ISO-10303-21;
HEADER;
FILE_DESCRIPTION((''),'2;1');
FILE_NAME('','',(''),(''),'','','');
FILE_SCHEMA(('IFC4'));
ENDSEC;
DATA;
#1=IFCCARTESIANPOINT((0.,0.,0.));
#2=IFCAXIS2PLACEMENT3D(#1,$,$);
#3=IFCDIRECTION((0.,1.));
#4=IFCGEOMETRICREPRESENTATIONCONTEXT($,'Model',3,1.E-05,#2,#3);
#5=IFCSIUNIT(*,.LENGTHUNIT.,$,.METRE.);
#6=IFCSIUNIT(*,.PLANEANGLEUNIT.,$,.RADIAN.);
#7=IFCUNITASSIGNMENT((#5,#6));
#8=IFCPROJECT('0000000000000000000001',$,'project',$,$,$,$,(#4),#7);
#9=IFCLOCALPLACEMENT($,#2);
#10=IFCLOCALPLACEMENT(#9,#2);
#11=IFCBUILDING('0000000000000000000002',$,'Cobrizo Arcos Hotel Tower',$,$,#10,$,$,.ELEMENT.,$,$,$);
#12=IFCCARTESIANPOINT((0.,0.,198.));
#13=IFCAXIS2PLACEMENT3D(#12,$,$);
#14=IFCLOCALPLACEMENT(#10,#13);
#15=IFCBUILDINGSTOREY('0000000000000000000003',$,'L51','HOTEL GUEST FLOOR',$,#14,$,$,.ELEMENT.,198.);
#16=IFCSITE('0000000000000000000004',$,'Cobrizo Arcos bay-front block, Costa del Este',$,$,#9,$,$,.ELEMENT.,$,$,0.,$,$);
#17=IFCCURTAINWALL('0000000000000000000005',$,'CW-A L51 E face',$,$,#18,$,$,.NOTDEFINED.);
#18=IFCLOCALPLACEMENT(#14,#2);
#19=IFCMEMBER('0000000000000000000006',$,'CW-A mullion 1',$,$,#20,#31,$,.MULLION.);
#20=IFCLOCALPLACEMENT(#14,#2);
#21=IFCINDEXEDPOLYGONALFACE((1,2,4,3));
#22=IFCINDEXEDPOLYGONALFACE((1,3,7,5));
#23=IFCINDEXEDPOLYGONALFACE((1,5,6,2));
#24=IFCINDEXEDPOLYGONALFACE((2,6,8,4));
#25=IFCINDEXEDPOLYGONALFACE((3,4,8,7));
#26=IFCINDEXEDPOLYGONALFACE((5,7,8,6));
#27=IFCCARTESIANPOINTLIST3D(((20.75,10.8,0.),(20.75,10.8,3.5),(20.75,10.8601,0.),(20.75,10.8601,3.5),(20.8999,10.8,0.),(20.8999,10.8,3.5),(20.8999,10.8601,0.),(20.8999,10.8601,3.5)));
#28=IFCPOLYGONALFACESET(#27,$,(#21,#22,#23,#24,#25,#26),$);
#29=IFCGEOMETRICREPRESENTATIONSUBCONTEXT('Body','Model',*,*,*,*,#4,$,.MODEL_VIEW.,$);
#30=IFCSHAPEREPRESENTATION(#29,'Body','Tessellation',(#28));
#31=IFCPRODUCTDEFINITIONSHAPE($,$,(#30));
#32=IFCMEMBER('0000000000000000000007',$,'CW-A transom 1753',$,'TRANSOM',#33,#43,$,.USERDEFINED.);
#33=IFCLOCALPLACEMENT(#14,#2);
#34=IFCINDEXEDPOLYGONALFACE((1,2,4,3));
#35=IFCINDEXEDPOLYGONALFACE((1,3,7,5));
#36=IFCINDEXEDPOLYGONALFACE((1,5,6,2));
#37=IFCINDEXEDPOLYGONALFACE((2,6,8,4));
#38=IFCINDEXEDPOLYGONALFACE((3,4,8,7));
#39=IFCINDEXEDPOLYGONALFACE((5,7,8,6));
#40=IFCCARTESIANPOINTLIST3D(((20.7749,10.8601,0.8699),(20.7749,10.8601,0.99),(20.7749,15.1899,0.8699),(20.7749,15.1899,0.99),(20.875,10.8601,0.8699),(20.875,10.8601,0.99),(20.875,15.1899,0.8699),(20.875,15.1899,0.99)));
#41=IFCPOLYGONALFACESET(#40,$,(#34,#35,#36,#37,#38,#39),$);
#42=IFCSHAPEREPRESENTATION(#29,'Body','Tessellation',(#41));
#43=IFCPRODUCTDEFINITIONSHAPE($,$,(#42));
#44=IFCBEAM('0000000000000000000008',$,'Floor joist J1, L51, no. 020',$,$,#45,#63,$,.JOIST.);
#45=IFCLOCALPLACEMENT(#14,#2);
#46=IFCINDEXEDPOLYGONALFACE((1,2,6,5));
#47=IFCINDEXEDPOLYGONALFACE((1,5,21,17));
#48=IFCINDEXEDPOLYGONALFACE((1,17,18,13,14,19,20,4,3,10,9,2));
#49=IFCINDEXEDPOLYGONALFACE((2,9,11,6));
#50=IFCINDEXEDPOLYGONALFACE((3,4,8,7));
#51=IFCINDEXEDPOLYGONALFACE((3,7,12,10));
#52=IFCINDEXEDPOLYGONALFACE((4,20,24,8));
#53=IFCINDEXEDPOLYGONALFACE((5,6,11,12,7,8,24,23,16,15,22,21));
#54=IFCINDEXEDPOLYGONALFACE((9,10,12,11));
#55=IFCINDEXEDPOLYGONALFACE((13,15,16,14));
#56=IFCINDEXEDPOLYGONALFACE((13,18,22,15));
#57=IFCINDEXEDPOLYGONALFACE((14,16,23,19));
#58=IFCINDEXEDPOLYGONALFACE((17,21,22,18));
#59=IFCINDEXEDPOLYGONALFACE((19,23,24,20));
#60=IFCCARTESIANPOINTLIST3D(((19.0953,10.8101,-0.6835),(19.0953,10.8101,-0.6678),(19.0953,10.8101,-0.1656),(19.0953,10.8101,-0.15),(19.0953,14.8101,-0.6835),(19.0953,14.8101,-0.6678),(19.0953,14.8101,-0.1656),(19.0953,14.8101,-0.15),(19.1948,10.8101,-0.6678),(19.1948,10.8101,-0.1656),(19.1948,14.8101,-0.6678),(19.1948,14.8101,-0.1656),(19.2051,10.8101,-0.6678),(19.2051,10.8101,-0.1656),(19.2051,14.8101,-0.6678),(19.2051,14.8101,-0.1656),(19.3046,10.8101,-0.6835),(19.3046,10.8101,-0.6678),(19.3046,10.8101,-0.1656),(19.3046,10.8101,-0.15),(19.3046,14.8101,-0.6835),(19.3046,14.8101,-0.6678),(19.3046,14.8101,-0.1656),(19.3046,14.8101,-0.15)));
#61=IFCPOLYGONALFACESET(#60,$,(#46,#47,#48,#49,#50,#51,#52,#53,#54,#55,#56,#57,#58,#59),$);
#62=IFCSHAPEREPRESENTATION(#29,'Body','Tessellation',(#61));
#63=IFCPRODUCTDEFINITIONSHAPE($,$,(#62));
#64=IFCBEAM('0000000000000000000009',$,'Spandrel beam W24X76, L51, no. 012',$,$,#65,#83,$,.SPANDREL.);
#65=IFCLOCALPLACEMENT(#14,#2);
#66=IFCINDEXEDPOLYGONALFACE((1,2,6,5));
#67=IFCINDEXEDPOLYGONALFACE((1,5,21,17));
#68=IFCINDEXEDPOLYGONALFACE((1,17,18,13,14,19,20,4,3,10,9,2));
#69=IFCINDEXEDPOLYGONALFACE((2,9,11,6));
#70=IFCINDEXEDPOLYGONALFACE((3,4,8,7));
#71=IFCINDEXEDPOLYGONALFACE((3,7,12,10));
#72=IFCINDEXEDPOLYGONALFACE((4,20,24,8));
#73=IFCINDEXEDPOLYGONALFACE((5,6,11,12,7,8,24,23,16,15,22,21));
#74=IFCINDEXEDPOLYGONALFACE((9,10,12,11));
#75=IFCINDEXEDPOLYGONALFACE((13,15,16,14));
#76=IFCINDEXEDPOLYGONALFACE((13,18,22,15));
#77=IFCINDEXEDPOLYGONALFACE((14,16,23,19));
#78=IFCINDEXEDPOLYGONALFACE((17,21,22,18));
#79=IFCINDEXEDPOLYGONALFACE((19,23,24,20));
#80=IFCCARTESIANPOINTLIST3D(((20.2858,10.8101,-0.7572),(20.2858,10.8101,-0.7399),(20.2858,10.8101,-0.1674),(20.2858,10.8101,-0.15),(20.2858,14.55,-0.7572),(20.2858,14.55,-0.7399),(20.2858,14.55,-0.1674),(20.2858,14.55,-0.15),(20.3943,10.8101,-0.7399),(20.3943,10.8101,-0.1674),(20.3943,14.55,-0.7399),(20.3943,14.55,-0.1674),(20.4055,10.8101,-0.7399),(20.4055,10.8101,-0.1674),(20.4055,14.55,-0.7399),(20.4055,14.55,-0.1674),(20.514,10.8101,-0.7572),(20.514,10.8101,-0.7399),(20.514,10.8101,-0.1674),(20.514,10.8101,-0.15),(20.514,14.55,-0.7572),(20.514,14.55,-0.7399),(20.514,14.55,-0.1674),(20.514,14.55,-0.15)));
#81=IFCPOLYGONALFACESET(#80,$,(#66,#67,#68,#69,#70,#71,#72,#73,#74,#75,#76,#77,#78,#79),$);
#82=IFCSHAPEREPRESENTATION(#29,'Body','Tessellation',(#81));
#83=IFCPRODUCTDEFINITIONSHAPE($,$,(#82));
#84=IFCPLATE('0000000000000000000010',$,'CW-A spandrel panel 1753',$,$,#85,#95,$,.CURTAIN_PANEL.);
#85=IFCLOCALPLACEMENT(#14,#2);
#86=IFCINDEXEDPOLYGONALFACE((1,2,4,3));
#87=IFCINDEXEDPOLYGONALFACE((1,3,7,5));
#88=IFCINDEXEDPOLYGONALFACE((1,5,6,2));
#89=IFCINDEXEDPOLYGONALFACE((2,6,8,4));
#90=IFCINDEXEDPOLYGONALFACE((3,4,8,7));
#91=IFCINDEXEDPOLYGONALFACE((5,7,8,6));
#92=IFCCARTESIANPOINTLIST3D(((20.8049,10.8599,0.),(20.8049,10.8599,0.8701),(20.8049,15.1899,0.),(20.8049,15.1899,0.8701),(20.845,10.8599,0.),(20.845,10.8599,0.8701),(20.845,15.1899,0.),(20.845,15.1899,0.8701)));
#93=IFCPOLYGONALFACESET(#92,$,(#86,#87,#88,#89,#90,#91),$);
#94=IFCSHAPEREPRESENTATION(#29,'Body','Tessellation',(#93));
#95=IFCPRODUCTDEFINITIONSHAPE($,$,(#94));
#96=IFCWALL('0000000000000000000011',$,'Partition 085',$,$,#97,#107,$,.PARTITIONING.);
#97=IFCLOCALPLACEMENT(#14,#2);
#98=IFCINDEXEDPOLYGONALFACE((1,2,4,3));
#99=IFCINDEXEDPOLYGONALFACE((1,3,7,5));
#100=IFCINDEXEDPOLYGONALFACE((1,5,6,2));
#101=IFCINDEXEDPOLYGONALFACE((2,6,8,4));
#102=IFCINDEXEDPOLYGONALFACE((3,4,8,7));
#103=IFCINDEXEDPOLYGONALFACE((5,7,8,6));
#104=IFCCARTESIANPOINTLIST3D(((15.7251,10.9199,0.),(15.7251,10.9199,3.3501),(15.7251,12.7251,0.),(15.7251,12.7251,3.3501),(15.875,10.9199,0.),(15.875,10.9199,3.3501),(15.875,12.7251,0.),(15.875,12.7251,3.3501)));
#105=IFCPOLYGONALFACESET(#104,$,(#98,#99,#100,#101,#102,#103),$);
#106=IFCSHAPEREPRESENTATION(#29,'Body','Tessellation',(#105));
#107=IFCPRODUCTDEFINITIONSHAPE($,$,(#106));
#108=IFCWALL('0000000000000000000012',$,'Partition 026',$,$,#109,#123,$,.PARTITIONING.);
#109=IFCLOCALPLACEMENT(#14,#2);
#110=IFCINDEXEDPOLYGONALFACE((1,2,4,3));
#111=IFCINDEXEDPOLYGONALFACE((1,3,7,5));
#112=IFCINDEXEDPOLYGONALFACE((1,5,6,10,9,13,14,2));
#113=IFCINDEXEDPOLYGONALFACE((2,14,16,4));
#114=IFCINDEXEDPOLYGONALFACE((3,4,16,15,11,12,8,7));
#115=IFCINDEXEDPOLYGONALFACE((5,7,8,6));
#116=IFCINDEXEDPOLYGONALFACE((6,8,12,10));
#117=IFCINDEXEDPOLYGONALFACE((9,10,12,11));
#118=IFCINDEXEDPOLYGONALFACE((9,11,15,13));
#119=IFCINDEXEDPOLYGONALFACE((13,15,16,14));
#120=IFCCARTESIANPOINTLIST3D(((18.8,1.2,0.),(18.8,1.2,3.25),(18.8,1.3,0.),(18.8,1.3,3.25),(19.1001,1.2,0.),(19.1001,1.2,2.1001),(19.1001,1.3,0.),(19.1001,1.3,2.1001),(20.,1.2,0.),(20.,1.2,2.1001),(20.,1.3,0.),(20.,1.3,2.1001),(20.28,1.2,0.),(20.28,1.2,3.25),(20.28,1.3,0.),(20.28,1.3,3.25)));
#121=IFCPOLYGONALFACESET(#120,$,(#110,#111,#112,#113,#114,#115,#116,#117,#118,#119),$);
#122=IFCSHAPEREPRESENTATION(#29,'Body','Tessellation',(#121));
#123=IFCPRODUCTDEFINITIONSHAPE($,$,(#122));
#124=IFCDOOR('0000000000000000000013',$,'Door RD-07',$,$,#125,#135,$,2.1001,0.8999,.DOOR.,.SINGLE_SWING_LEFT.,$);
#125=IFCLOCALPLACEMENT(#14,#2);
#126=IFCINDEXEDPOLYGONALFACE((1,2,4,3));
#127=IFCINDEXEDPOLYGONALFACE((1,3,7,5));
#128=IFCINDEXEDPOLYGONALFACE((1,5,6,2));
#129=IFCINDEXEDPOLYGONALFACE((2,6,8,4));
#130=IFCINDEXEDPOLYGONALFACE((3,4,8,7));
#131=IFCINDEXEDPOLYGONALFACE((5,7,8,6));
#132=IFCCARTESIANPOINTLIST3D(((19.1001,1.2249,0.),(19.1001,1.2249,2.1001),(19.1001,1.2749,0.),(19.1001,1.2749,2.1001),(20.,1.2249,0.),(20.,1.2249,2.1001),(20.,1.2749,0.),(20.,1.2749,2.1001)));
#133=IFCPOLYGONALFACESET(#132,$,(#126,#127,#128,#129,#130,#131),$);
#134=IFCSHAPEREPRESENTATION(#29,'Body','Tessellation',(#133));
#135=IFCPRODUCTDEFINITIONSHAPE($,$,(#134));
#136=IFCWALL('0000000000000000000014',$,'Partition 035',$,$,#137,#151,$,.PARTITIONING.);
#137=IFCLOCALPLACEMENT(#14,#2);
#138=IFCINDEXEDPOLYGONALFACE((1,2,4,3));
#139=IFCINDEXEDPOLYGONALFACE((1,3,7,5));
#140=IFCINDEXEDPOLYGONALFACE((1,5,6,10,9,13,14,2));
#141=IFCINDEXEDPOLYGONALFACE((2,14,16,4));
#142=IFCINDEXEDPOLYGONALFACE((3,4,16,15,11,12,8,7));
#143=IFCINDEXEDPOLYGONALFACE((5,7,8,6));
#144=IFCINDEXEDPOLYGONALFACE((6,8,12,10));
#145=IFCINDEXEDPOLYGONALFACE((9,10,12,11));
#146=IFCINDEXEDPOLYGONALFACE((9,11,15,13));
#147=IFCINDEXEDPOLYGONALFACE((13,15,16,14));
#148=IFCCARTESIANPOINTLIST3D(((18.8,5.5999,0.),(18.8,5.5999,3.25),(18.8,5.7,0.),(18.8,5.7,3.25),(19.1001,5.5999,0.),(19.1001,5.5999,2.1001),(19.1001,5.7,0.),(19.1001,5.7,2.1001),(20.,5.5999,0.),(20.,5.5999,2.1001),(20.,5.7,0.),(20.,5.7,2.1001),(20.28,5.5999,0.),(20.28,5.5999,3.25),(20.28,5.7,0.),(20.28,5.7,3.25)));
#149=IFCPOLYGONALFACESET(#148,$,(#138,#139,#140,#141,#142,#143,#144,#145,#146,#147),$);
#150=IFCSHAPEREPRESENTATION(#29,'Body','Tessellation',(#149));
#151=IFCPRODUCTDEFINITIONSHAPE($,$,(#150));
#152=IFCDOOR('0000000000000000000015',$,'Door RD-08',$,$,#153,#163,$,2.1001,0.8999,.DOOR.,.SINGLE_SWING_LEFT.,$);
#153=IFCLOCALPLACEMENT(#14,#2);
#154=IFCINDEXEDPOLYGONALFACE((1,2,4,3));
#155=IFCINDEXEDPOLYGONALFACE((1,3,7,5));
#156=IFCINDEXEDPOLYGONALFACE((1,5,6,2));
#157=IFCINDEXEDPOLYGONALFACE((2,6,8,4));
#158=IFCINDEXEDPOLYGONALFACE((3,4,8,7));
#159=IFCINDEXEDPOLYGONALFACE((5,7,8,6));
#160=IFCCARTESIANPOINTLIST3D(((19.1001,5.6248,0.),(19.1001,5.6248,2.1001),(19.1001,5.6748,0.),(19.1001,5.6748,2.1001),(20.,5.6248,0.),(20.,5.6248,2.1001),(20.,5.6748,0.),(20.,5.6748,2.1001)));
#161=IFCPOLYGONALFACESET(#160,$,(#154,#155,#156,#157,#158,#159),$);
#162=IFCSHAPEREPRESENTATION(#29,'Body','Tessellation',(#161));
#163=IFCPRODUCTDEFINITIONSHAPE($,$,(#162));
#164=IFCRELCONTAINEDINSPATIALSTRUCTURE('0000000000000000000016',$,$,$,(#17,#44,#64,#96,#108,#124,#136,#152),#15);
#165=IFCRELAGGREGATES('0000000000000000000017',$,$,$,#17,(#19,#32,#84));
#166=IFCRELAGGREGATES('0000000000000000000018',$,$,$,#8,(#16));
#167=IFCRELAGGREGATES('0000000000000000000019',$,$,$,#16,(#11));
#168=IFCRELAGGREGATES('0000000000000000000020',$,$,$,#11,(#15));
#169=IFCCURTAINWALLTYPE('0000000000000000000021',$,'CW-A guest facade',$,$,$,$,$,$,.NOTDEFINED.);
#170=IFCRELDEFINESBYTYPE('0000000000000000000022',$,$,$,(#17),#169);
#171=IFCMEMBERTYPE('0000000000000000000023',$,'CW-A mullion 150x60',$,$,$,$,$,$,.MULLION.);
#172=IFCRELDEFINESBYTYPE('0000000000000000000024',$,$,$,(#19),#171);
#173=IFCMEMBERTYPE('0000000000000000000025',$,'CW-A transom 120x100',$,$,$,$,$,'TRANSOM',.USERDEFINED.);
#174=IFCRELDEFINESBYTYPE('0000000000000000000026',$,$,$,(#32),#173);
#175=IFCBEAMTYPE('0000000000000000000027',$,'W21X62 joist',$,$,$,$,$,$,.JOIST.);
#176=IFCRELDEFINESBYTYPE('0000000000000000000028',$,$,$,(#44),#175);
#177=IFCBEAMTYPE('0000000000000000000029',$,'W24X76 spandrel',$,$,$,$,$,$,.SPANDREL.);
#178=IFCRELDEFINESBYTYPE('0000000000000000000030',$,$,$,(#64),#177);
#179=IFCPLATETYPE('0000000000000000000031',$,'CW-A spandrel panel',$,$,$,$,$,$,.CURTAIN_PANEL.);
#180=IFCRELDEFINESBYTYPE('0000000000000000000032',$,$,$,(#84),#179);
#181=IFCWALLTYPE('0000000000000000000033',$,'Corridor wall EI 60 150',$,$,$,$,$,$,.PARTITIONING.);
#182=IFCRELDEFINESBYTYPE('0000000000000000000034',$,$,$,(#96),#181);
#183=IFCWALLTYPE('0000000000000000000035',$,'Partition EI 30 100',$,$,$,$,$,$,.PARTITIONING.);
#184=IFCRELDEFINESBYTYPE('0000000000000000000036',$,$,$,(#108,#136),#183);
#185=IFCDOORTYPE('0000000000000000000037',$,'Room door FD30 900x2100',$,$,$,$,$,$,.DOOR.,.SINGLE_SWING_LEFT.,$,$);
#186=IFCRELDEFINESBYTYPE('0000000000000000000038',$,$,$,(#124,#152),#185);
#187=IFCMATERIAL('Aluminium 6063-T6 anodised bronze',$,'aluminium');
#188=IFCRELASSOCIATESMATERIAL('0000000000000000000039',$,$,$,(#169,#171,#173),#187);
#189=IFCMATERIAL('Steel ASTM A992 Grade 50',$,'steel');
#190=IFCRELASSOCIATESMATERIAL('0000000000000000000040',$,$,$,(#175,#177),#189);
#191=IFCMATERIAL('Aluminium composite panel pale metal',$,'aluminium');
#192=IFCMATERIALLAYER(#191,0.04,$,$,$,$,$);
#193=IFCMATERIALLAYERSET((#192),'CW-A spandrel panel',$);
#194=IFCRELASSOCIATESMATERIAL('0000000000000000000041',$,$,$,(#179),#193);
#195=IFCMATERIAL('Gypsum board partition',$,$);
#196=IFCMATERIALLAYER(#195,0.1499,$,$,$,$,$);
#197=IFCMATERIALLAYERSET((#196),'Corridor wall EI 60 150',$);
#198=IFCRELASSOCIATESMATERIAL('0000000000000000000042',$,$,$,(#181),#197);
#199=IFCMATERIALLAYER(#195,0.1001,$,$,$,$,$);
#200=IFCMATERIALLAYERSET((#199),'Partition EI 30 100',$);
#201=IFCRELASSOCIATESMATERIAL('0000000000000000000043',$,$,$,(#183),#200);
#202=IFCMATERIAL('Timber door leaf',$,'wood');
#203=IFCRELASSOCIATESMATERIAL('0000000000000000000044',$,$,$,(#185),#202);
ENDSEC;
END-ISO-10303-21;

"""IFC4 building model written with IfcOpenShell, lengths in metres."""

from ifc_helpers import new_model, si_unit, direction, frame, frame_2d, origin, origin_2d, place, context, subcontext, project, spatial, rectangle, i_section, extrude, material, layer, layer_set, material_profile, profile_set, type_object, element, fill, aggregate, save


model = new_model("IFC4")

# Units and contexts
model_context = context("Model", 3, precision=1e-05, world=origin(), true_north=direction((0.0, 1.0)))
body_context = subcontext(model_context, "Body", "Model", "MODEL_VIEW")
ifc_project = project(units=[si_unit("LENGTHUNIT", "METRE"), si_unit("PLANEANGLEUNIT", "RADIAN")], contexts=[model_context])

# Site, building, storey
site_placement = place(None, origin())
site = spatial("IfcSite", under=ifc_project, at=site_placement, Name="Cobrizo Arcos bay-front block, Costa del Este", CompositionType="ELEMENT", RefElevation=0.0)
building_placement = place(site_placement, origin())
building = spatial("IfcBuilding", under=site, at=building_placement, Name="Cobrizo Arcos Hotel Tower", CompositionType="ELEMENT")
storey_placement = place(building_placement, frame((0.0, 0.0, 198.0)))
storey = spatial("IfcBuildingStorey", under=building, at=storey_placement, Name="L51", Description="HOTEL GUEST FLOOR", CompositionType="ELEMENT", Elevation=198.0)

# Curtain wall, members
ifc_material_1 = material(Name="Aluminium 6063-T6 anodised bronze", Category="aluminium")
curtain_wall_type = type_object("IfcCurtainWallType", Name="CW-A guest facade", PredefinedType="NOTDEFINED", material=ifc_material_1)
curtain_wall_placement = place(storey_placement, origin())
curtain_wall = element("IfcCurtainWall", 1, at=curtain_wall_placement, inside=storey, type_object=curtain_wall_type, Name="CW-A L51 E face", PredefinedType="NOTDEFINED")
ifc_material_profile_1 = material_profile(ifc_material_1, rectangle(XDim=0.1499, YDim=0.0601, at=origin_2d()), Name="CW-A mullion 150x60")
ifc_profile_set_1 = profile_set([ifc_material_profile_1], Name="Aluminium 6063-T6 anodised bronze")
member_type_1 = type_object("IfcMemberType", Name="CW-A mullion 150x60", PredefinedType="MULLION", material=ifc_profile_set_1)
member_1_placement = place(storey_placement, frame((20.825, 10.8301, 0.0), z_axis=(0.0, 0.0, 1.0), x_axis=(1.0, 0.0, 0.0)))
member_1 = element("IfcMember", 2, at=member_1_placement, type_object=member_type_1, Name="CW-A mullion 1", PredefinedType="MULLION", context=body_context, shape_type="SweptSolid", body=[
    extrude(rectangle(XDim=0.1499, YDim=0.0601, at=origin_2d()), origin(), (0.0, 0.0, 1.0), 3.5),
])
ifc_material_profile_2 = material_profile(ifc_material_1, rectangle(XDim=0.1001, YDim=0.1201, at=origin_2d()), Name="CW-A transom 120x100")
ifc_profile_set_2 = profile_set([ifc_material_profile_2], Name="Aluminium 6063-T6 anodised bronze")
member_type_2 = type_object("IfcMemberType", Name="CW-A transom 120x100", ElementType="TRANSOM", PredefinedType="USERDEFINED", material=ifc_profile_set_2)
member_2_placement = place(storey_placement, frame((20.825, 10.8601, 0.9299), z_axis=(0.0, 1.0, 0.0), x_axis=(-1.0, 0.0, 0.0)))
member_2 = element("IfcMember", 3, at=member_2_placement, type_object=member_type_2, Name="CW-A transom 1753", ObjectType="TRANSOM", PredefinedType="USERDEFINED", context=body_context, shape_type="SweptSolid", body=[
    extrude(rectangle(XDim=0.1001, YDim=0.1201, at=origin_2d()), origin(), (0.0, 0.0, 1.0), 4.3298),
])

# Beams
ifc_material_2 = material(Name="Steel ASTM A992 Grade 50", Category="steel")
ifc_material_profile_3 = material_profile(ifc_material_2, i_section(OverallWidth=0.2092, OverallDepth=0.5334, WebThickness=0.0103, FlangeThickness=0.0156, at=origin_2d()), Name="W21X62")
ifc_profile_set_3 = profile_set([ifc_material_profile_3], Name="Steel ASTM A992 Grade 50")
beam_type_1 = type_object("IfcBeamType", Name="W21X62 joist", PredefinedType="JOIST", material=ifc_profile_set_3)
beam_1_placement = place(storey_placement, frame((19.2, 10.8101, -0.4167), z_axis=(0.0, 1.0, 0.0), x_axis=(-1.0, 0.0, 0.0)))
element("IfcBeam", 4, at=beam_1_placement, inside=storey, type_object=beam_type_1, Name="Floor joist J1, L51, no. 020", PredefinedType="JOIST", context=body_context, shape_type="SweptSolid", body=[
    extrude(i_section(OverallWidth=0.2092, OverallDepth=0.5334, WebThickness=0.0103, FlangeThickness=0.0156, at=origin_2d()), origin(), (0.0, 0.0, 1.0), 4.0),
])
ifc_material_profile_4 = material_profile(ifc_material_2, i_section(OverallWidth=0.2283, OverallDepth=0.6072, WebThickness=0.0112, FlangeThickness=0.0173, at=origin_2d()), Name="W24X76")
ifc_profile_set_4 = profile_set([ifc_material_profile_4], Name="Steel ASTM A992 Grade 50")
beam_type_2 = type_object("IfcBeamType", Name="W24X76 spandrel", PredefinedType="SPANDREL", material=ifc_profile_set_4)
beam_2_placement = place(storey_placement, frame((20.3999, 10.8101, -0.4536), z_axis=(0.0, 1.0, 0.0), x_axis=(-1.0, 0.0, 0.0)))
element("IfcBeam", 5, at=beam_2_placement, inside=storey, type_object=beam_type_2, Name="Spandrel beam W24X76, L51, no. 012", PredefinedType="SPANDREL", context=body_context, shape_type="SweptSolid", body=[
    extrude(i_section(OverallWidth=0.2283, OverallDepth=0.6072, WebThickness=0.0112, FlangeThickness=0.0173, at=origin_2d()), origin(), (0.0, 0.0, 1.0), 3.74),
])

# Plate
ifc_material_3 = material(Name="Aluminium composite panel pale metal", Category="aluminium")
ifc_layer_1 = layer(ifc_material_3, 0.04)
ifc_layer_set_1 = layer_set([ifc_layer_1], Name="CW-A spandrel panel")
plate_type = type_object("IfcPlateType", Name="CW-A spandrel panel", PredefinedType="CURTAIN_PANEL", material=ifc_layer_set_1)
plate_placement = place(storey_placement, frame((20.825, 13.0249, 0.0), z_axis=(0.0, 0.0, 1.0), x_axis=(0.0, 1.0, 0.0)))
plate = element("IfcPlate", 6, at=plate_placement, type_object=plate_type, Name="CW-A spandrel panel 1753", PredefinedType="CURTAIN_PANEL", context=body_context, shape_type="SweptSolid", body=[
    extrude(rectangle(XDim=4.3301, YDim=0.04, at=origin_2d()), origin(), (0.0, 0.0, 1.0), 0.8701),
])
aggregate(curtain_wall, [member_1, member_2, plate])

# Wall
ifc_material_4 = material(Name="Gypsum board partition")
ifc_layer_2 = layer(ifc_material_4, 0.1499)
ifc_layer_set_2 = layer_set([ifc_layer_2], Name="Corridor wall EI 60 150")
wall_type_1 = type_object("IfcWallType", Name="Corridor wall EI 60 150", PredefinedType="PARTITIONING", material=ifc_layer_set_2)
wall_1_placement = place(storey_placement, frame((15.8, 10.9199, 0.0), z_axis=(0.0, 0.0, 1.0), x_axis=(0.0, 1.0, 0.0)))
element("IfcWall", 7, at=wall_1_placement, inside=storey, type_object=wall_type_1, Name="Partition 085", PredefinedType="PARTITIONING", context=body_context, shape_type="SweptSolid", body=[
    extrude(rectangle(XDim=1.8052, YDim=0.1499, at=frame_2d((0.9026, 0.0))), origin(), (0.0, 0.0, 1.0), 3.3501),
])

# Walls, openings, doors
ifc_layer_3 = layer(ifc_material_4, 0.1001)
ifc_layer_set_3 = layer_set([ifc_layer_3], Name="Partition EI 30 100")
wall_type_2 = type_object("IfcWallType", Name="Partition EI 30 100", PredefinedType="PARTITIONING", material=ifc_layer_set_3)
wall_2_placement = place(storey_placement, frame((18.8, 1.25, 0.0), z_axis=(0.0, 0.0, 1.0), x_axis=(1.0, 0.0, 0.0)))
wall_2 = element("IfcWall", 8, at=wall_2_placement, inside=storey, type_object=wall_type_2, Name="Partition 026", PredefinedType="PARTITIONING", context=body_context, shape_type="SweptSolid", body=[
    extrude(rectangle(XDim=1.48, YDim=0.1001, at=frame_2d((0.74, 0.0))), origin(), (0.0, 0.0, 1.0), 3.25),
])
opening_1_placement = place(wall_2_placement, frame((0.3, 0.0, 0.0)))
opening_1 = element("IfcOpeningElement", 9, at=opening_1_placement, cuts=wall_2, PredefinedType="OPENING", context=body_context, shape_type="SweptSolid", body=[
    extrude(rectangle(XDim=0.8999, YDim=2.1001, at=frame_2d((0.45, 1.05))), frame((0.0, 0.062, 0.0), z_axis=(0.0, -1.0, 0.0), x_axis=(1.0, 0.0, 0.0)), (0.0, 0.0, 1.0), 0.124),
])
ifc_material_5 = material(Name="Timber door leaf", Category="wood")
door_type = type_object("IfcDoorType", Name="Room door FD30 900x2100", OperationType="SINGLE_SWING_LEFT", PredefinedType="DOOR", material=ifc_material_5)
door_1_placement = place(opening_1_placement, origin())
door_1 = element("IfcDoor", 10, at=door_1_placement, inside=storey, type_object=door_type, Name="Door RD-07", OperationType="SINGLE_SWING_LEFT", OverallHeight=2.1001, OverallWidth=0.8999, PredefinedType="DOOR", context=body_context, shape_type="SweptSolid", body=[
    extrude(rectangle(XDim=0.8999, YDim=2.1001, at=frame_2d((0.45, 1.05))), frame((0.0, 0.0249, 0.0), z_axis=(0.0, -1.0, 0.0), x_axis=(1.0, 0.0, 0.0)), (0.0, 0.0, 1.0), 0.05),
])
fill(opening_1, door_1)
wall_3_placement = place(storey_placement, frame((18.8, 5.6499, 0.0), z_axis=(0.0, 0.0, 1.0), x_axis=(1.0, 0.0, 0.0)))
wall_3 = element("IfcWall", 11, at=wall_3_placement, inside=storey, type_object=wall_type_2, Name="Partition 035", PredefinedType="PARTITIONING", context=body_context, shape_type="SweptSolid", body=[
    extrude(rectangle(XDim=1.48, YDim=0.1001, at=frame_2d((0.74, 0.0))), origin(), (0.0, 0.0, 1.0), 3.25),
])
opening_2_placement = place(wall_3_placement, frame((0.3, 0.0, 0.0)))
opening_2 = element("IfcOpeningElement", 12, at=opening_2_placement, cuts=wall_3, PredefinedType="OPENING", context=body_context, shape_type="SweptSolid", body=[
    extrude(rectangle(XDim=0.8999, YDim=2.1001, at=frame_2d((0.45, 1.05))), frame((0.0, 0.062, 0.0), z_axis=(0.0, -1.0, 0.0), x_axis=(1.0, 0.0, 0.0)), (0.0, 0.0, 1.0), 0.124),
])
door_2_placement = place(opening_2_placement, origin())
door_2 = element("IfcDoor", 13, at=door_2_placement, inside=storey, type_object=door_type, Name="Door RD-08", OperationType="SINGLE_SWING_LEFT", OverallHeight=2.1001, OverallWidth=0.8999, PredefinedType="DOOR", context=body_context, shape_type="SweptSolid", body=[
    extrude(rectangle(XDim=0.8999, YDim=2.1001, at=frame_2d((0.45, 1.05))), frame((0.0, 0.0249, 0.0), z_axis=(0.0, -1.0, 0.0), x_axis=(1.0, 0.0, 0.0)), (0.0, 0.0, 1.0), 0.05),
])
fill(opening_2, door_2)

save(model, "model.ifc")
